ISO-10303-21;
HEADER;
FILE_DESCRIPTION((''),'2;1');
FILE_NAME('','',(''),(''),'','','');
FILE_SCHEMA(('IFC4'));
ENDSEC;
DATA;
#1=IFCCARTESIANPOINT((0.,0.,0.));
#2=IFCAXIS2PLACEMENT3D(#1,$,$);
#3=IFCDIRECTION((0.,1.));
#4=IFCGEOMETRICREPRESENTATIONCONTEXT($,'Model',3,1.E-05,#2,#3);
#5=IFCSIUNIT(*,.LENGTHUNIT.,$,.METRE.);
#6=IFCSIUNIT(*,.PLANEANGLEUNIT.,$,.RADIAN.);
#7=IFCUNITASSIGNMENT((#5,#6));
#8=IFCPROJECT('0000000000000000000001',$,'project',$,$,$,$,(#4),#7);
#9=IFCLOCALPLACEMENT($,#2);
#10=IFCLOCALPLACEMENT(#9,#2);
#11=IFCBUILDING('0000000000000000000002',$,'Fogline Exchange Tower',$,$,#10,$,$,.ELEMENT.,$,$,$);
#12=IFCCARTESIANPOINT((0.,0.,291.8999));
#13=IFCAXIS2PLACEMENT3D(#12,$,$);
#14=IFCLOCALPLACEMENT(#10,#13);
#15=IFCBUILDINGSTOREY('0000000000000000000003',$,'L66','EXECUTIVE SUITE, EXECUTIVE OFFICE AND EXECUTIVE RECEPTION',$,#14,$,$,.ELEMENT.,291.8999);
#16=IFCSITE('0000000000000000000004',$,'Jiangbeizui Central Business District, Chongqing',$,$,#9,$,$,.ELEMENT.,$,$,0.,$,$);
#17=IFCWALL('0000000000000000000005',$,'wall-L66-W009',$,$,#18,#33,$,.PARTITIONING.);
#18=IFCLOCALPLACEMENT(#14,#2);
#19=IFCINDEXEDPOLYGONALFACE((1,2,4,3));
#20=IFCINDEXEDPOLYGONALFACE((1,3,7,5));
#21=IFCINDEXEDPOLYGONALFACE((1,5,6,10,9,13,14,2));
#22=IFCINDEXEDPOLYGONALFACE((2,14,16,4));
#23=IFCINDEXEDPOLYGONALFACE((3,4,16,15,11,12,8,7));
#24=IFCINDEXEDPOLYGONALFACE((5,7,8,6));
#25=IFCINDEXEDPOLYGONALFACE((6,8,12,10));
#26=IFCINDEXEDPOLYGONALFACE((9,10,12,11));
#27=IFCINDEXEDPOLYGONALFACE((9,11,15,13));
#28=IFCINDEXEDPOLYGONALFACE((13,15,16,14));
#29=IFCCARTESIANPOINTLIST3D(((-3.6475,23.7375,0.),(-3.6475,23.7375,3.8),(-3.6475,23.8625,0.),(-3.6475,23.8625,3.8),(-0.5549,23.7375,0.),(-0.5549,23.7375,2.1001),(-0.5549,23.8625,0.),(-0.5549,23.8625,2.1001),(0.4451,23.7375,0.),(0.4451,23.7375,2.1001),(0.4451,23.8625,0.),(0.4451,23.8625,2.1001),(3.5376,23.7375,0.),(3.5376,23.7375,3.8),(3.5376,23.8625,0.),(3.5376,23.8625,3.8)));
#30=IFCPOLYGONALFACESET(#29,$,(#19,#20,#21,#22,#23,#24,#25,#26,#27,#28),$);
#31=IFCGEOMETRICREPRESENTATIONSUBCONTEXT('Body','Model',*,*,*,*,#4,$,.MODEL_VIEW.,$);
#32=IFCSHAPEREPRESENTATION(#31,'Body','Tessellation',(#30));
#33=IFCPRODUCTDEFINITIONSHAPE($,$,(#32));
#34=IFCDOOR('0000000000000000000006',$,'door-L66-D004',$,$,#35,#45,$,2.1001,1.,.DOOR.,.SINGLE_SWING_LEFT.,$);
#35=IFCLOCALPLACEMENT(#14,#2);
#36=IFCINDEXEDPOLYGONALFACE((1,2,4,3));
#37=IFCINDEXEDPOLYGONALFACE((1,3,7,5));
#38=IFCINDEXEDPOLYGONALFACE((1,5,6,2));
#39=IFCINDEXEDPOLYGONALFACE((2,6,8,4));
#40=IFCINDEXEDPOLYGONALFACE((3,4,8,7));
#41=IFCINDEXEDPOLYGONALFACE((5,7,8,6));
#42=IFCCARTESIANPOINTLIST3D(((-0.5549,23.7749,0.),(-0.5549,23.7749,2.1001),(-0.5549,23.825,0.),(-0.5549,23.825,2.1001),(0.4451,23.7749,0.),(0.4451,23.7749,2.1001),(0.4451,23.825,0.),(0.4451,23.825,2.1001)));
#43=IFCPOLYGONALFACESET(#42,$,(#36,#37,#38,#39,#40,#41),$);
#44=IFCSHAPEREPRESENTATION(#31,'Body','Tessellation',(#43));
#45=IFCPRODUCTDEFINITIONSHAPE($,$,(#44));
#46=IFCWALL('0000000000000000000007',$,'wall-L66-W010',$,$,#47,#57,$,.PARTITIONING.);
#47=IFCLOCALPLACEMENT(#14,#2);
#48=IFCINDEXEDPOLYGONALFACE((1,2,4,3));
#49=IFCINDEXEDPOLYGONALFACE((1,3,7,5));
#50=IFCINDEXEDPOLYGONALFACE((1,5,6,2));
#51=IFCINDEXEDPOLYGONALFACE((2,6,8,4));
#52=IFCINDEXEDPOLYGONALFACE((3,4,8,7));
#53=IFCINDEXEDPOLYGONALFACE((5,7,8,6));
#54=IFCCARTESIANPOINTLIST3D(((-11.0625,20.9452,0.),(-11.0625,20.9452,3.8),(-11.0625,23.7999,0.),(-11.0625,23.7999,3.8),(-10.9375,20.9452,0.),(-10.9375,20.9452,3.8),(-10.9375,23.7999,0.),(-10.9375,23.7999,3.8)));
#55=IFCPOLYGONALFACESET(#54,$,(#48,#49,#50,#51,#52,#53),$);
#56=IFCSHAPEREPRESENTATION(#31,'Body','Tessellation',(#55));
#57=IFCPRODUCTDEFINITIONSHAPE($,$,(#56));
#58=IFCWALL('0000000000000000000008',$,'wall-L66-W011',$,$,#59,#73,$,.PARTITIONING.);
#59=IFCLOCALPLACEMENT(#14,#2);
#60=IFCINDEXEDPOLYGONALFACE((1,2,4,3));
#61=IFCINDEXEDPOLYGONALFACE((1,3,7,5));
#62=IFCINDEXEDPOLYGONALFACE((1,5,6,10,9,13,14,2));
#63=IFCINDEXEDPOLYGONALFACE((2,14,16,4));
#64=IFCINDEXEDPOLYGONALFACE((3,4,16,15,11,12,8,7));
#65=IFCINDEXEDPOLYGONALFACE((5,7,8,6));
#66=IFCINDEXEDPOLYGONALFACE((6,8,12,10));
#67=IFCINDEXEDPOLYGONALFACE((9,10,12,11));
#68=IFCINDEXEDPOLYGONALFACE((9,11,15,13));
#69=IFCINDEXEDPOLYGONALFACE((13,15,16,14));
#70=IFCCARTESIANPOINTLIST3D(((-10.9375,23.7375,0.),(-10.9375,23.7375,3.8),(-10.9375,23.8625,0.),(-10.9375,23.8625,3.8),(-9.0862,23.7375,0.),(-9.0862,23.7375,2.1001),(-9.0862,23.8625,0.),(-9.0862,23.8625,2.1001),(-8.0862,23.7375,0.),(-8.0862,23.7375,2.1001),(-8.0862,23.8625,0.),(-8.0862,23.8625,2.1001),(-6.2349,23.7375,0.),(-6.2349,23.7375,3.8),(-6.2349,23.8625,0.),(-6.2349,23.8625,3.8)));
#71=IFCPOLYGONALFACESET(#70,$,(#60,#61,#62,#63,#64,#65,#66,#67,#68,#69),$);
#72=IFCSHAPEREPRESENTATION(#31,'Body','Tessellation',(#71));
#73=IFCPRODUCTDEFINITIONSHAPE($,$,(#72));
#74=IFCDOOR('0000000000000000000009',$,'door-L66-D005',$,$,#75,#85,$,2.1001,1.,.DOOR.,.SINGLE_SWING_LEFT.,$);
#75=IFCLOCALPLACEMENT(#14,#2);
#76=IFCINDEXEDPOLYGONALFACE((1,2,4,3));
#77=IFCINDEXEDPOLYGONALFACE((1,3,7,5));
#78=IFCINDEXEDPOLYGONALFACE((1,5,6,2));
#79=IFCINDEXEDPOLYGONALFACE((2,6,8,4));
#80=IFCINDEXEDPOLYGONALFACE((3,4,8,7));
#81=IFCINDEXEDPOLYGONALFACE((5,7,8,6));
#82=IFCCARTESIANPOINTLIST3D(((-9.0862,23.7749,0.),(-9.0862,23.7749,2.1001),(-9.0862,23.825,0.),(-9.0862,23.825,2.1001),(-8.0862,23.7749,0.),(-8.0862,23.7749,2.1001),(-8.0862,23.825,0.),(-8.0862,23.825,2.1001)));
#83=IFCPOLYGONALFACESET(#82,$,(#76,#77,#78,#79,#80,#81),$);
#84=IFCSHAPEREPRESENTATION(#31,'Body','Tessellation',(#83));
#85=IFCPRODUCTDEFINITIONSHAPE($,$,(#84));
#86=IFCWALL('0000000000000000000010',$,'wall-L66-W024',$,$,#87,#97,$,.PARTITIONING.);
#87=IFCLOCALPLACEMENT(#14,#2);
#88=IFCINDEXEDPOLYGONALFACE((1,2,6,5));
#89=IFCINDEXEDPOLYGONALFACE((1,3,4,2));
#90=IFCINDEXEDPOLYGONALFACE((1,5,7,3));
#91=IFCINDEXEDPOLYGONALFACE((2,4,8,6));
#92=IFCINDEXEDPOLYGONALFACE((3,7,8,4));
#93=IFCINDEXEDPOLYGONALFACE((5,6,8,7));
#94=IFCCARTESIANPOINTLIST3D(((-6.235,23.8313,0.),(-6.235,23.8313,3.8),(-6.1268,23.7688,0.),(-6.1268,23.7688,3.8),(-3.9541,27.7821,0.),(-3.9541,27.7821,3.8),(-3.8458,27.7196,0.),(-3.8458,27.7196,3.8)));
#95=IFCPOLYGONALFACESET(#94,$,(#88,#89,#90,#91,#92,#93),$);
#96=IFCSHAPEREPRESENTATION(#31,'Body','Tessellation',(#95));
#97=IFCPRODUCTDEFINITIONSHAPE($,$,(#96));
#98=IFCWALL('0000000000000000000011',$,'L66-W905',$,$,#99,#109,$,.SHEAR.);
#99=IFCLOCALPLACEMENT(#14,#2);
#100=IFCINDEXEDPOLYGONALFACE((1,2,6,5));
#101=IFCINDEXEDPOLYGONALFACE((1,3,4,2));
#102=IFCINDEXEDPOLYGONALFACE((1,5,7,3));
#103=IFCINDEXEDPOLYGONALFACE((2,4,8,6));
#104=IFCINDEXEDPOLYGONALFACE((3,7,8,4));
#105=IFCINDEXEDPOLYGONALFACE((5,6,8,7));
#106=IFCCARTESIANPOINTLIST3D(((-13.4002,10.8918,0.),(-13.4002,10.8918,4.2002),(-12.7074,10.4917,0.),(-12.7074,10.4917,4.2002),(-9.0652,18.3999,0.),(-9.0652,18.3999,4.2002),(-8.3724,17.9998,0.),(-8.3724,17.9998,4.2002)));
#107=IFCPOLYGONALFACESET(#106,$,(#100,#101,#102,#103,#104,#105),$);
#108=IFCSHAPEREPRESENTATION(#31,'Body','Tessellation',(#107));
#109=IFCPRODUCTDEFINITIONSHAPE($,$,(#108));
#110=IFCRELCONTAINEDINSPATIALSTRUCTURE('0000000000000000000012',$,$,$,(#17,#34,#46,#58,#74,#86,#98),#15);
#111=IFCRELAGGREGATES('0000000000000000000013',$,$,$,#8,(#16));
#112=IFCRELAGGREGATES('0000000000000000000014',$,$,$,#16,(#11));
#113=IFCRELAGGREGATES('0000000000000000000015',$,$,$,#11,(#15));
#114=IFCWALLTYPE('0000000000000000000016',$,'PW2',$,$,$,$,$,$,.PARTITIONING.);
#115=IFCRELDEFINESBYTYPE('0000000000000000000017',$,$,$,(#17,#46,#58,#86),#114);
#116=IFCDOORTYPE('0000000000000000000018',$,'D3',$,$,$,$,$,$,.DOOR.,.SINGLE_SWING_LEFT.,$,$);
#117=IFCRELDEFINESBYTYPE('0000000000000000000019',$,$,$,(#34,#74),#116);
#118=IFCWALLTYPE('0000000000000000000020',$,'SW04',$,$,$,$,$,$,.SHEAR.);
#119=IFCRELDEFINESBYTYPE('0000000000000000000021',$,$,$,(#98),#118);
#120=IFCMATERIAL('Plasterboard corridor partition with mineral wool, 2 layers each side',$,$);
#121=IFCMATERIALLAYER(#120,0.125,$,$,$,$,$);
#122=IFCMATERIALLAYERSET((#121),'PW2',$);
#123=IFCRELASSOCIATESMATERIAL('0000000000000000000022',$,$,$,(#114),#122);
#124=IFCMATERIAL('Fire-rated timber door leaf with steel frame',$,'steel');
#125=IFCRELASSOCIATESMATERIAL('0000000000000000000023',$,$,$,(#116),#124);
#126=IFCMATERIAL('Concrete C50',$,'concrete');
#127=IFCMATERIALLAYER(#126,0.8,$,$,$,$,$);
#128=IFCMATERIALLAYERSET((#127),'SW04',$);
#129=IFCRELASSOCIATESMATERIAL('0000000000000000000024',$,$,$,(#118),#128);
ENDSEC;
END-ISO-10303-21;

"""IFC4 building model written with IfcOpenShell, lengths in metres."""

from ifc_helpers import new_model, si_unit, direction, frame, frame_2d, origin, place, context, subcontext, project, spatial, rectangle, extrude, material, layer, layer_set, type_object, element, fill, save


model = new_model("IFC4")

# Units and contexts
model_context = context("Model", 3, precision=1e-05, world=origin(), true_north=direction((0.0, 1.0)))
body_context = subcontext(model_context, "Body", "Model", "MODEL_VIEW")
ifc_project = project(units=[si_unit("LENGTHUNIT", "METRE"), si_unit("PLANEANGLEUNIT", "RADIAN")], contexts=[model_context])

# Site, building, storey
site_placement = place(None, origin())
site = spatial("IfcSite", under=ifc_project, at=site_placement, Name="Jiangbeizui Central Business District, Chongqing", CompositionType="ELEMENT", RefElevation=0.0)
building_placement = place(site_placement, origin())
building = spatial("IfcBuilding", under=site, at=building_placement, Name="Fogline Exchange Tower", CompositionType="ELEMENT")
storey_placement = place(building_placement, frame((0.0, 0.0, 291.8999)))
storey = spatial("IfcBuildingStorey", under=building, at=storey_placement, Name="L66", Description="EXECUTIVE SUITE, EXECUTIVE OFFICE AND EXECUTIVE RECEPTION", CompositionType="ELEMENT", Elevation=291.8999)

# Wall, opening, door
ifc_material_1 = material(Name="Plasterboard corridor partition with mineral wool, 2 layers each side")
ifc_layer_1 = layer(ifc_material_1, 0.125)
ifc_layer_set_1 = layer_set([ifc_layer_1], Name="PW2")
wall_type_1 = type_object("IfcWallType", Name="PW2", PredefinedType="PARTITIONING", material=ifc_layer_set_1)
wall_1_placement = place(storey_placement, frame((-3.6475, 23.8, 0.0), z_axis=(0.0, 0.0, 1.0), x_axis=(1.0, 0.0, 0.0)))
wall_1 = element("IfcWall", 1, at=wall_1_placement, inside=storey, type_object=wall_type_1, Name="wall-L66-W009", PredefinedType="PARTITIONING", context=body_context, shape_type="SweptSolid", body=[
    extrude(rectangle(XDim=7.1851, YDim=0.125, at=frame_2d((3.5925, 0.0))), origin(), (0.0, 0.0, 1.0), 3.8),
])
opening_1_placement = place(wall_1_placement, frame((3.0925, 0.0, 0.0)))
opening_1 = element("IfcOpeningElement", 2, at=opening_1_placement, cuts=wall_1, PredefinedType="OPENING", context=body_context, shape_type="SweptSolid", body=[
    extrude(rectangle(XDim=1.0, YDim=2.1001, at=frame_2d((0.5, 1.05))), frame((0.0, 0.0725, 0.0), z_axis=(0.0, -1.0, 0.0), x_axis=(1.0, 0.0, 0.0)), (0.0, 0.0, 1.0), 0.145),
])
ifc_material_2 = material(Name="Fire-rated timber door leaf with steel frame", Category="steel")
door_type_1 = type_object("IfcDoorType", Name="D3", OperationType="SINGLE_SWING_LEFT", PredefinedType="DOOR", material=ifc_material_2)
door_1_placement = place(opening_1_placement, origin())
door_1 = element("IfcDoor", 3, at=door_1_placement, inside=storey, type_object=door_type_1, Name="door-L66-D004", OperationType="SINGLE_SWING_LEFT", OverallHeight=2.1001, OverallWidth=1.0, PredefinedType="DOOR", context=body_context, shape_type="SweptSolid", body=[
    extrude(rectangle(XDim=1.0, YDim=2.1001, at=frame_2d((0.5, 1.05))), frame((0.0, 0.0249, 0.0), z_axis=(0.0, -1.0, 0.0), x_axis=(1.0, 0.0, 0.0)), (0.0, 0.0, 1.0), 0.05),
])
fill(opening_1, door_1)

# Wall
wall_2_placement = place(storey_placement, frame((-11.0, 20.9453, 0.0), z_axis=(0.0, 0.0, 1.0), x_axis=(0.0, 1.0, 0.0)))
element("IfcWall", 4, at=wall_2_placement, inside=storey, type_object=wall_type_1, Name="wall-L66-W010", PredefinedType="PARTITIONING", context=body_context, shape_type="SweptSolid", body=[
    extrude(rectangle(XDim=2.8547, YDim=0.125, at=frame_2d((1.4272, 0.0))), origin(), (0.0, 0.0, 1.0), 3.8),
])

# Wall, opening, door
wall_3_placement = place(storey_placement, frame((-10.9375, 23.8, 0.0), z_axis=(0.0, 0.0, 1.0), x_axis=(1.0, 0.0, 0.0)))
wall_3 = element("IfcWall", 5, at=wall_3_placement, inside=storey, type_object=wall_type_1, Name="wall-L66-W011", PredefinedType="PARTITIONING", context=body_context, shape_type="SweptSolid", body=[
    extrude(rectangle(XDim=4.7026, YDim=0.125, at=frame_2d((2.3513, 0.0))), origin(), (0.0, 0.0, 1.0), 3.8),
])
opening_2_placement = place(wall_3_placement, frame((1.8513, 0.0, 0.0)))
opening_2 = element("IfcOpeningElement", 6, at=opening_2_placement, cuts=wall_3, PredefinedType="OPENING", context=body_context, shape_type="SweptSolid", body=[
    extrude(rectangle(XDim=1.0, YDim=2.1001, at=frame_2d((0.5, 1.05))), frame((0.0, 0.0725, 0.0), z_axis=(0.0, -1.0, 0.0), x_axis=(1.0, 0.0, 0.0)), (0.0, 0.0, 1.0), 0.145),
])
door_2_placement = place(opening_2_placement, origin())
door_2 = element("IfcDoor", 7, at=door_2_placement, inside=storey, type_object=door_type_1, Name="door-L66-D005", OperationType="SINGLE_SWING_LEFT", OverallHeight=2.1001, OverallWidth=1.0, PredefinedType="DOOR", context=body_context, shape_type="SweptSolid", body=[
    extrude(rectangle(XDim=1.0, YDim=2.1001, at=frame_2d((0.5, 1.05))), frame((0.0, 0.0249, 0.0), z_axis=(0.0, -1.0, 0.0), x_axis=(1.0, 0.0, 0.0)), (0.0, 0.0, 1.0), 0.05),
])
fill(opening_2, door_2)

# Walls
wall_4_placement = place(storey_placement, frame((-6.1809, 23.8, 0.0), z_axis=(0.0, 0.0, 1.0), x_axis=(0.49999, 0.866031, 0.0)))
element("IfcWall", 8, at=wall_4_placement, inside=storey, type_object=wall_type_1, Name="wall-L66-W024", PredefinedType="PARTITIONING", context=body_context, shape_type="SweptSolid", body=[
    extrude(rectangle(XDim=4.562, YDim=0.125, at=frame_2d((2.281, 0.0))), origin(), (0.0, 0.0, 1.0), 3.8),
])
ifc_material_3 = material(Name="Concrete C50", Category="concrete")
ifc_layer_2 = layer(ifc_material_3, 0.8)
ifc_layer_set_2 = layer_set([ifc_layer_2], Name="SW04")
wall_type_2 = type_object("IfcWallType", Name="SW04", PredefinedType="SHEAR", material=ifc_layer_set_2)
wall_5_placement = place(storey_placement, frame((-8.7188, 18.2, 0.0), z_axis=(0.0, 0.0, 1.0), x_axis=(-0.500016, -0.866016, 0.0)))
element("IfcWall", 9, at=wall_5_placement, inside=storey, type_object=wall_type_2, Name="L66-W905", PredefinedType="SHEAR", context=body_context, shape_type="SweptSolid", body=[
    extrude(rectangle(XDim=8.6697, YDim=0.8, at=frame_2d((4.335, 0.0))), origin(), (0.0, 0.0, 1.0), 4.2002),
])

save(model, "model.ifc")
